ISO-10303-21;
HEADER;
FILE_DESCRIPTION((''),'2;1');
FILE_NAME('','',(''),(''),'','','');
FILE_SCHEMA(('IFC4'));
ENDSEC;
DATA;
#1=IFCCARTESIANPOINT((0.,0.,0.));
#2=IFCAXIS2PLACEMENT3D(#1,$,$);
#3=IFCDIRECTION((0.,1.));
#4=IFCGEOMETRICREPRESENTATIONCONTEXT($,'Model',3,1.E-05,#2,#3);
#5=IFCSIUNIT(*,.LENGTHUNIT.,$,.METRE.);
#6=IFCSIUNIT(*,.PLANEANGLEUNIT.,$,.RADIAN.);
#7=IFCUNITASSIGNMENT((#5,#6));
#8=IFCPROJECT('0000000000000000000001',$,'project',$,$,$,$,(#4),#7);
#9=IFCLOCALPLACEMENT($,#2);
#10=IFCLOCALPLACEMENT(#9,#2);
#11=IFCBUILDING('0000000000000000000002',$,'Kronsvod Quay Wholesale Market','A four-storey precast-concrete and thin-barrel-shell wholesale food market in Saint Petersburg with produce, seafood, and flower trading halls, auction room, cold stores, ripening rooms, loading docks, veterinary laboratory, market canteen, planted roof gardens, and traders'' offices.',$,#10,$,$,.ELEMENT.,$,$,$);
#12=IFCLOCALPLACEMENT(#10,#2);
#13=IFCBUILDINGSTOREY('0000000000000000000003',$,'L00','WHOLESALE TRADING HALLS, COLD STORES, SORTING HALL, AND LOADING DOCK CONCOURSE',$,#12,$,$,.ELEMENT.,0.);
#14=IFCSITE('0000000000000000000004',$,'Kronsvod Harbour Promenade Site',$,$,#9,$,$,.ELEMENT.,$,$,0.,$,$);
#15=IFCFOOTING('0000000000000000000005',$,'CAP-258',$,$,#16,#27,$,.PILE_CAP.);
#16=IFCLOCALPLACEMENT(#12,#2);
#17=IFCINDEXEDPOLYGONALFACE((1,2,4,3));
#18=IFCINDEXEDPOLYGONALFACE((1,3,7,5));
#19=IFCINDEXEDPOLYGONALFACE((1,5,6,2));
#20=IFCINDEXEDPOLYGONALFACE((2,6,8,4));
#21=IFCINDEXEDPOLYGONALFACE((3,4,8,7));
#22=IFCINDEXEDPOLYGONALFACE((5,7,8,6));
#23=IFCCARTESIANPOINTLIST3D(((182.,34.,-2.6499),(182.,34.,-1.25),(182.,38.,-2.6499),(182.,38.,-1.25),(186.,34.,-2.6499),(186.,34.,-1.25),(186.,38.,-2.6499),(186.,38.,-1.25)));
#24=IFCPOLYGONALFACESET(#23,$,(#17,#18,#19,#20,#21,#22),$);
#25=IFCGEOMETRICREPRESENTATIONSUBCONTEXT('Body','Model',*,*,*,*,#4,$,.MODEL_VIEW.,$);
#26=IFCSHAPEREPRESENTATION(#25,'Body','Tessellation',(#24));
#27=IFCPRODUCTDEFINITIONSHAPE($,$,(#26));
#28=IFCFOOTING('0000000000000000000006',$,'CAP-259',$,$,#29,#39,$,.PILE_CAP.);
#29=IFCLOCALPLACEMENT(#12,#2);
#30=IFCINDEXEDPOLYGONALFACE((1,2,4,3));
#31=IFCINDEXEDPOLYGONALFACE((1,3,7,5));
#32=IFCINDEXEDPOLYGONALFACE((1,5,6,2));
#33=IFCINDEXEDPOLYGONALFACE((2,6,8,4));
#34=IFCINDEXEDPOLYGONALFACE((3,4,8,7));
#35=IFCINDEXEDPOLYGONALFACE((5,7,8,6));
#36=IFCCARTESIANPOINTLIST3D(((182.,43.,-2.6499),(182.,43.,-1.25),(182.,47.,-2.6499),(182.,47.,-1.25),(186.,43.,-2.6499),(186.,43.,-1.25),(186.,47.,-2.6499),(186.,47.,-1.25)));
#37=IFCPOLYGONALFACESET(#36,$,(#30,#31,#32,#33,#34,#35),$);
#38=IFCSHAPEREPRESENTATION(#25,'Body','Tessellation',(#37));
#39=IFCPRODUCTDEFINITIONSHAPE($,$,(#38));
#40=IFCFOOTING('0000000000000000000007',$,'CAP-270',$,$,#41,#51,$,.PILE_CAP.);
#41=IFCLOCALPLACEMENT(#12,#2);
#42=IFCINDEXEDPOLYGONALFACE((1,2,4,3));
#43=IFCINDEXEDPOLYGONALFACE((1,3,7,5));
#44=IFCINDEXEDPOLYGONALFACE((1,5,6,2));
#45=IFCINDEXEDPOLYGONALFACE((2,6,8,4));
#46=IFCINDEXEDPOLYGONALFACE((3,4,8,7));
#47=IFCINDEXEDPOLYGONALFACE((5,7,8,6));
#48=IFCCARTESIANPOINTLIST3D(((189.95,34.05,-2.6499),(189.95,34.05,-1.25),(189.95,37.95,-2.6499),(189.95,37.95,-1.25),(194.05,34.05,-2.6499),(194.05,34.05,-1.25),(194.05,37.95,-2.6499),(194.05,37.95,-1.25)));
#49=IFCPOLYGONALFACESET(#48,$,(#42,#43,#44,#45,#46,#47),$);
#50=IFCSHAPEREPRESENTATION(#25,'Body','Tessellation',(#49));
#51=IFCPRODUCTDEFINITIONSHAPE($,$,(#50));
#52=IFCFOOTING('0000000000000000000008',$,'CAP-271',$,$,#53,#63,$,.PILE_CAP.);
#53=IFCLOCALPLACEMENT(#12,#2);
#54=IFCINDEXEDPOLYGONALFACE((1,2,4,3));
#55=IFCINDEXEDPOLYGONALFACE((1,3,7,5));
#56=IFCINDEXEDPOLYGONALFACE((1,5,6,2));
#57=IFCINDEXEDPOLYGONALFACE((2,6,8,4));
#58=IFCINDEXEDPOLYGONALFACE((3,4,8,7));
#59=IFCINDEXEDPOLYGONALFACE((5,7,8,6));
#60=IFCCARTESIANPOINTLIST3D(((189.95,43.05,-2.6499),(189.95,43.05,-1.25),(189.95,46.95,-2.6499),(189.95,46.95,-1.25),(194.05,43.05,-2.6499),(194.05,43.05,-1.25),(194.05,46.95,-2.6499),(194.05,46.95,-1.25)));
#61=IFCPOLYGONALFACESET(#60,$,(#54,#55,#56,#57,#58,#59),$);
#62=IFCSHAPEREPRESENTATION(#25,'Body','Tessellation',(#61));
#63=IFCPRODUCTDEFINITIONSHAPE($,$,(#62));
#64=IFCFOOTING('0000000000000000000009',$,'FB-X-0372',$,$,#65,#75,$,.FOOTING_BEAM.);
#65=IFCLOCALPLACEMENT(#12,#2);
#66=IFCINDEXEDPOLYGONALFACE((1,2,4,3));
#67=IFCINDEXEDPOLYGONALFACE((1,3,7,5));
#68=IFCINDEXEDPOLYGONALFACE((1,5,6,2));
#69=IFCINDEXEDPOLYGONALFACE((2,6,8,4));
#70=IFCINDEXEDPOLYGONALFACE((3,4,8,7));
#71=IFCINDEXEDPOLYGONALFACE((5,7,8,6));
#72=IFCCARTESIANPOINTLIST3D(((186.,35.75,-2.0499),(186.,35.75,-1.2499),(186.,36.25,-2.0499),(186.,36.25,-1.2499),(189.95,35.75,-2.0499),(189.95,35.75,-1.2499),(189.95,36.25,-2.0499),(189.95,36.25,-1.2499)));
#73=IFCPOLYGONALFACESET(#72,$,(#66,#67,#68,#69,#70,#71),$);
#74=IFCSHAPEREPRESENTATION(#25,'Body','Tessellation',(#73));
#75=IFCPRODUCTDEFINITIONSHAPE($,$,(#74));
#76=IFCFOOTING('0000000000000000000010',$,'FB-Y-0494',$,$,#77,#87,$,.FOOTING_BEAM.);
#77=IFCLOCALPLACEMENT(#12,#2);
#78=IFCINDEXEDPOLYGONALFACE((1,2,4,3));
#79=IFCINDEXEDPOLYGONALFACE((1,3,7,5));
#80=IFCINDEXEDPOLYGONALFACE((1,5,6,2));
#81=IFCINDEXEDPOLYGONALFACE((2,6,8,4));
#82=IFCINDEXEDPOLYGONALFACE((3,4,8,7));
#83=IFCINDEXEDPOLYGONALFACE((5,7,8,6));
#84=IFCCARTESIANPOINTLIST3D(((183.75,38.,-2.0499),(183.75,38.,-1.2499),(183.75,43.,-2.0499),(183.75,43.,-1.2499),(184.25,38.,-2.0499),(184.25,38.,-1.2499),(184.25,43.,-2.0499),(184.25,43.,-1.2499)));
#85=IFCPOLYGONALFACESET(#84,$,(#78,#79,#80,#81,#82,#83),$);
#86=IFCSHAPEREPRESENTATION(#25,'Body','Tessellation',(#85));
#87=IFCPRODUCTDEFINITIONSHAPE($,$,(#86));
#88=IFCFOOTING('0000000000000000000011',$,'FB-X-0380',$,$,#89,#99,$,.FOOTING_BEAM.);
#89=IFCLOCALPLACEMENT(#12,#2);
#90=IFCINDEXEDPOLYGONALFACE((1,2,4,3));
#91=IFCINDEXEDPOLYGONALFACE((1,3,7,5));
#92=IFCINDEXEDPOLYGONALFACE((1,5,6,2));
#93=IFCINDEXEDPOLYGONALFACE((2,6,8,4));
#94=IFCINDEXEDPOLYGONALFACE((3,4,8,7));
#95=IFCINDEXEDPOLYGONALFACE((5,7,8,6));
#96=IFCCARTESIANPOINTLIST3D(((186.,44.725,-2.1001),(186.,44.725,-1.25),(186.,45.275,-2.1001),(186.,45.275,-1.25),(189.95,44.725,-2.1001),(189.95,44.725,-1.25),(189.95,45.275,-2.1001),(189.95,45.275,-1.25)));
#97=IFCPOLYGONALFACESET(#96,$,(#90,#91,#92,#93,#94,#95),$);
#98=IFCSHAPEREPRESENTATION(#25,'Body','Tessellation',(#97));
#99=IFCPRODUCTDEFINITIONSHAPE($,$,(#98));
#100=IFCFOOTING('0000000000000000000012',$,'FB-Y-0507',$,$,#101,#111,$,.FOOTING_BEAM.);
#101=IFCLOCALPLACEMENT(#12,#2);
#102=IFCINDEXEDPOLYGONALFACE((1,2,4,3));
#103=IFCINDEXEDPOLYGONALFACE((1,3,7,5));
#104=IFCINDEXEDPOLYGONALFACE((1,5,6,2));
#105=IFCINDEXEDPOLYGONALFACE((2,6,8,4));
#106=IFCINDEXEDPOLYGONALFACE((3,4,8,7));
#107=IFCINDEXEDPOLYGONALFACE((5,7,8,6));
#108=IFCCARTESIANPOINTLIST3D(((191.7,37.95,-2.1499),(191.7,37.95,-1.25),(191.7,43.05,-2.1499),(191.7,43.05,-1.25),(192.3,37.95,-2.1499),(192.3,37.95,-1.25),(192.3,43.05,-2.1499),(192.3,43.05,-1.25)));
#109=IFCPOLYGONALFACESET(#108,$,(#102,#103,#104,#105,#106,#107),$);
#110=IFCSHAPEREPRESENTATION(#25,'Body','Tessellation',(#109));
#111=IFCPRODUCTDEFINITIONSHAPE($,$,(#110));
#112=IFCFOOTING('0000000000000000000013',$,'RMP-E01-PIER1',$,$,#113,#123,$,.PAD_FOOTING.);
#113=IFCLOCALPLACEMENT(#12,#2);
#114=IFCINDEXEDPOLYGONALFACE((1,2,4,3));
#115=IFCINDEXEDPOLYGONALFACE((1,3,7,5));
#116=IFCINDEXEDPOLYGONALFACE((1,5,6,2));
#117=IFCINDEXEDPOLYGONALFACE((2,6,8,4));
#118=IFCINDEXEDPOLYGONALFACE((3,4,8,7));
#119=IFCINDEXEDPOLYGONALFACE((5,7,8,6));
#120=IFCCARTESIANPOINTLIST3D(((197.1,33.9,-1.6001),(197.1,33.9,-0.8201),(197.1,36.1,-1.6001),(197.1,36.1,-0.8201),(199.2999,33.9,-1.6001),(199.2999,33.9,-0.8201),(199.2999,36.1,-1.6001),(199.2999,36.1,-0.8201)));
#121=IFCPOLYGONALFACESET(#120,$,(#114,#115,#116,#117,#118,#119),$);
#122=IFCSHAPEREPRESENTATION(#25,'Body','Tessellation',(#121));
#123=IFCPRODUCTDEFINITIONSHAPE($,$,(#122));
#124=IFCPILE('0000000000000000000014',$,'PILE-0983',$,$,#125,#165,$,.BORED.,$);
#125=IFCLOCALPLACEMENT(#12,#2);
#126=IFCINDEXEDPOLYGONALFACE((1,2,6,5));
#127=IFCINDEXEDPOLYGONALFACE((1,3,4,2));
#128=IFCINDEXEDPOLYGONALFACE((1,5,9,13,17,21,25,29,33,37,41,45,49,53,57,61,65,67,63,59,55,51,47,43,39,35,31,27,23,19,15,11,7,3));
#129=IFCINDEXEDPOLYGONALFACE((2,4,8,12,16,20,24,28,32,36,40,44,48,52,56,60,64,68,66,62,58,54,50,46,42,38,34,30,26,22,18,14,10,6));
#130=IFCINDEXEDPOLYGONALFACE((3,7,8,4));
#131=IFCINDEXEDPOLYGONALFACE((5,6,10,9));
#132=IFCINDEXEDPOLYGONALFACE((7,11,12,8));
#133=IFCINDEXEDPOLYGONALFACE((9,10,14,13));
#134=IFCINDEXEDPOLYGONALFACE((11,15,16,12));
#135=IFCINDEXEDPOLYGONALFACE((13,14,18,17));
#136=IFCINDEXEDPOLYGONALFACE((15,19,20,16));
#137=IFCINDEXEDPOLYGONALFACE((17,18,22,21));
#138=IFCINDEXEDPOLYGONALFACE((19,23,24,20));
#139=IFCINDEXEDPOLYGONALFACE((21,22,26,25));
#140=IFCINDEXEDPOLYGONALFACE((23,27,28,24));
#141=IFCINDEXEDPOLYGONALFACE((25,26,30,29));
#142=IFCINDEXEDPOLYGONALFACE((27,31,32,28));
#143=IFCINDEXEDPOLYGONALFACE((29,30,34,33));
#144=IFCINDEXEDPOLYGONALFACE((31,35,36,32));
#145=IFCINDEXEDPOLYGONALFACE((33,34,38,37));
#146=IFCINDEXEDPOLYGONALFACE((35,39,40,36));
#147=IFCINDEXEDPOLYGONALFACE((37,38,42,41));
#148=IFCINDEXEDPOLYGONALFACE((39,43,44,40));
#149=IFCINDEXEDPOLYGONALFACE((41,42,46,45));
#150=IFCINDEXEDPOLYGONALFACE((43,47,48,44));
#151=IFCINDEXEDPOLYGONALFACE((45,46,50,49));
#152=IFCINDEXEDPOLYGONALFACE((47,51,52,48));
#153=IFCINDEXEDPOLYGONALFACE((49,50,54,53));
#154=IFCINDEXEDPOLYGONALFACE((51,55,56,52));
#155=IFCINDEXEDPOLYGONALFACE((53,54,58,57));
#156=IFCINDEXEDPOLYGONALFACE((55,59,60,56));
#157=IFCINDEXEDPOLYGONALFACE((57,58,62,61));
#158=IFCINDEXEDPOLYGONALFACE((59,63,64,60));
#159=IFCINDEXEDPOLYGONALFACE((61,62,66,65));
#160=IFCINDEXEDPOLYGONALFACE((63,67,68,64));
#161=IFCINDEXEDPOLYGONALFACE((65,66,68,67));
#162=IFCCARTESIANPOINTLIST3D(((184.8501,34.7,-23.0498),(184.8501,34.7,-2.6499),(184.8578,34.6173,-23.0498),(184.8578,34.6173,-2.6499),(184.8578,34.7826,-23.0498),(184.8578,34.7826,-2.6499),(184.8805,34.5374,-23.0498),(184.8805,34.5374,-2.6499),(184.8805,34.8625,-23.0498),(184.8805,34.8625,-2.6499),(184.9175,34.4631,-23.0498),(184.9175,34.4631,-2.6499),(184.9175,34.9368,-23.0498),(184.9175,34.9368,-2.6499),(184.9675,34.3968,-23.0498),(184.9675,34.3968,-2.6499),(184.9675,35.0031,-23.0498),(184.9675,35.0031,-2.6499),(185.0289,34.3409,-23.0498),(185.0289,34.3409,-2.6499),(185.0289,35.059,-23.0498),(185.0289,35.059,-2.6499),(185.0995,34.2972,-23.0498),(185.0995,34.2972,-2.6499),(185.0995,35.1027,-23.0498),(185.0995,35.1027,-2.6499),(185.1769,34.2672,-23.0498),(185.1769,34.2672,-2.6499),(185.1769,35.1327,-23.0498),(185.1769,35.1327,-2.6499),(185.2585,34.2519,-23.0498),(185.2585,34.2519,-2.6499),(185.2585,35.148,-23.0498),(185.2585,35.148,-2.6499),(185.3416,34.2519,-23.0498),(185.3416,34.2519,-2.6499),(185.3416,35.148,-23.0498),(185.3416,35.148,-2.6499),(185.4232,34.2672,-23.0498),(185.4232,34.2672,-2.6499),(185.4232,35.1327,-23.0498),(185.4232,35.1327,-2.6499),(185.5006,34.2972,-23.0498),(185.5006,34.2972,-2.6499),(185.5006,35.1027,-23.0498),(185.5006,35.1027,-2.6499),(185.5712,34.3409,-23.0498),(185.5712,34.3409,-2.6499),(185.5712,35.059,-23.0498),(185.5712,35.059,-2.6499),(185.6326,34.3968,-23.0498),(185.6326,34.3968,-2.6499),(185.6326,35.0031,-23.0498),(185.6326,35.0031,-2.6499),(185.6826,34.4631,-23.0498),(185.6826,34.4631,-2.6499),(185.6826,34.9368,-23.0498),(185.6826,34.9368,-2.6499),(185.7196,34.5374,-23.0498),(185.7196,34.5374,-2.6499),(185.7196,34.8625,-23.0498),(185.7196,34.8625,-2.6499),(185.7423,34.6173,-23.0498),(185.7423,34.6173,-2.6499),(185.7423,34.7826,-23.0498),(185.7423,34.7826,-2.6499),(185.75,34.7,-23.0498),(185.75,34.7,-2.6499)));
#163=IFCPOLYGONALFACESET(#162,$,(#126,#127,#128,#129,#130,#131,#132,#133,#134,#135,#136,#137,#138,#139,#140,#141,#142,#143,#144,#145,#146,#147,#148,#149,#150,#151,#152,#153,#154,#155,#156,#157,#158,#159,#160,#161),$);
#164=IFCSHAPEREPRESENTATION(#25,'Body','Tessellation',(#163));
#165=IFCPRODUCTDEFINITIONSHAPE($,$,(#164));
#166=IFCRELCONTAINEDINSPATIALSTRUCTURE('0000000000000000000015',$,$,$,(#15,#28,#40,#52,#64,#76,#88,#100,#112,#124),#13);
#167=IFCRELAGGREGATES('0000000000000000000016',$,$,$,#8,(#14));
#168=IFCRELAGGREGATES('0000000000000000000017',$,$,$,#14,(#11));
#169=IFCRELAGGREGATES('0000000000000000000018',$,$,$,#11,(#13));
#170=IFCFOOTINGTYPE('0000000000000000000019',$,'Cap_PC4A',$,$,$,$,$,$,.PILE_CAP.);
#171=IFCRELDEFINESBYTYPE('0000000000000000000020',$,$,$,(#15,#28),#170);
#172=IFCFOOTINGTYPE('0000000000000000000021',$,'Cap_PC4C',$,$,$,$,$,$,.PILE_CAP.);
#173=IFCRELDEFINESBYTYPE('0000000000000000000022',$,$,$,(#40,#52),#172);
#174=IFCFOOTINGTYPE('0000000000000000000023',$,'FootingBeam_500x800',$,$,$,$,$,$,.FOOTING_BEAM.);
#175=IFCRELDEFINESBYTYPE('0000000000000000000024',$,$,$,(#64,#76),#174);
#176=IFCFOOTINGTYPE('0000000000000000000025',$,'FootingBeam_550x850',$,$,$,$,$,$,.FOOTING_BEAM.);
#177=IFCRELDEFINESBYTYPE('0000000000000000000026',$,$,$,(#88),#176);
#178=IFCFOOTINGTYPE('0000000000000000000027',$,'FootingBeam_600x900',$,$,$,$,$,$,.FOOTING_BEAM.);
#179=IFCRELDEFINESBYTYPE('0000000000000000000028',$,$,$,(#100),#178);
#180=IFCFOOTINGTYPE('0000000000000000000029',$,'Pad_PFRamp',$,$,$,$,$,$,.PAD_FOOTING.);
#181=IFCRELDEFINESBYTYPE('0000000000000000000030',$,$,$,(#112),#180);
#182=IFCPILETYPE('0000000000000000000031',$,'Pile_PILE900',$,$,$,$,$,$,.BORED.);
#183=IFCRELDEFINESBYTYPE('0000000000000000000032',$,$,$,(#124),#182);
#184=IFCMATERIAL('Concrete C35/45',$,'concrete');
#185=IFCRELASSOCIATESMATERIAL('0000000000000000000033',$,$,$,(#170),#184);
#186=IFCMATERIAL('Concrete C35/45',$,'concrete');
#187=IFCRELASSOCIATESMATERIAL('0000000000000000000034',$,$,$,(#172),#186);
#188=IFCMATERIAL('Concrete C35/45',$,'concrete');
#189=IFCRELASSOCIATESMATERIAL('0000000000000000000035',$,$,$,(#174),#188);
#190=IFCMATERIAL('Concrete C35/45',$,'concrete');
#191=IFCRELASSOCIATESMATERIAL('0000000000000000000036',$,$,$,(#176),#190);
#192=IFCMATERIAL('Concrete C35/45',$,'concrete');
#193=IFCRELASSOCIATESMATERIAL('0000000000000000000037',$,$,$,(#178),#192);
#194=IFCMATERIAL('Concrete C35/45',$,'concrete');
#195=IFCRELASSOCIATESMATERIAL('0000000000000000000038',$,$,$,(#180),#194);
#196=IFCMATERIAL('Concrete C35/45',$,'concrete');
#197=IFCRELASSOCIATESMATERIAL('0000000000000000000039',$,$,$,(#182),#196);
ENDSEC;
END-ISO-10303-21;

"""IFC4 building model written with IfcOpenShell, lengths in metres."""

from ifc_helpers import new_model, si_unit, direction, frame, origin, origin_2d, place, context, subcontext, project, spatial, rectangle, circle, extrude, material, material_profile, profile_set, type_object, element, save


model = new_model("IFC4")

# Units and contexts
model_context = context("Model", 3, precision=1e-05, world=origin(), true_north=direction((0.0, 1.0)))
body_context = subcontext(model_context, "Body", "Model", "MODEL_VIEW")
ifc_project = project(units=[si_unit("LENGTHUNIT", "METRE"), si_unit("PLANEANGLEUNIT", "RADIAN")], contexts=[model_context])

# Site, building, storey
site_placement = place(None, origin())
site = spatial("IfcSite", under=ifc_project, at=site_placement, Name="Kronsvod Harbour Promenade Site", CompositionType="ELEMENT", RefElevation=0.0)
building_placement = place(site_placement, origin())
building = spatial("IfcBuilding", under=site, at=building_placement, Name="Kronsvod Quay Wholesale Market", Description="A four-storey precast-concrete and thin-barrel-shell wholesale food market in Saint Petersburg with produce, seafood, and flower trading halls, auction room, cold stores, ripening rooms, loading docks, veterinary laboratory, market canteen, planted roof gardens, and traders' offices.", CompositionType="ELEMENT")
storey_placement = place(building_placement, origin())
storey = spatial("IfcBuildingStorey", under=building, at=storey_placement, Name="L00", Description="WHOLESALE TRADING HALLS, COLD STORES, SORTING HALL, AND LOADING DOCK CONCOURSE", CompositionType="ELEMENT", Elevation=0.0)

# Footings
ifc_material_1 = material(Name="Concrete C35/45", Category="concrete")
footing_type_1 = type_object("IfcFootingType", Name="Cap_PC4A", PredefinedType="PILE_CAP", material=ifc_material_1)
for number, where, z_axis, x_axis, name in (
    (1, (184.0, 36.0, -2.6499), (0.0, 0.0, 1.0), (1.0, 0.0, 0.0), "CAP-258"),
    (2, (184.0, 45.0, -2.6499), (0.0, 0.0, 1.0), (1.0, 0.0, 0.0), "CAP-259"),
):
    element("IfcFooting", number, at=place(storey_placement, frame(where, z_axis=z_axis, x_axis=x_axis)), inside=storey, type_object=footing_type_1, Name=name, PredefinedType="PILE_CAP", context=body_context, shape_type="SweptSolid", body=[
        extrude(rectangle(XDim=4.0, YDim=4.0, at=origin_2d()), origin(), (0.0, 0.0, 1.0), 1.3999),
    ])
ifc_material_2 = material(Name="Concrete C35/45", Category="concrete")
footing_type_2 = type_object("IfcFootingType", Name="Cap_PC4C", PredefinedType="PILE_CAP", material=ifc_material_2)
for number, where, z_axis, x_axis, name in (
    (3, (192.0, 36.0, -2.6499), (0.0, 0.0, 1.0), (1.0, 0.0, 0.0), "CAP-270"),
    (4, (192.0, 45.0, -2.6499), (0.0, 0.0, 1.0), (1.0, 0.0, 0.0), "CAP-271"),
):
    element("IfcFooting", number, at=place(storey_placement, frame(where, z_axis=z_axis, x_axis=x_axis)), inside=storey, type_object=footing_type_2, Name=name, PredefinedType="PILE_CAP", context=body_context, shape_type="SweptSolid", body=[
        extrude(rectangle(XDim=4.1001, YDim=3.8999, at=origin_2d()), origin(), (0.0, 0.0, 1.0), 1.3999),
    ])
ifc_material_3 = material(Name="Concrete C35/45", Category="concrete")
ifc_material_profile_1 = material_profile(ifc_material_3, rectangle(XDim=0.5, YDim=0.8, at=origin_2d()), Name="FB-01")
ifc_profile_set_1 = profile_set([ifc_material_profile_1], Name="Concrete C35/45")
footing_type_3 = type_object("IfcFootingType", Name="FootingBeam_500x800", PredefinedType="FOOTING_BEAM", material=ifc_profile_set_1)
footing_1_placement = place(storey_placement, frame((186.0, 36.0, -1.6499), z_axis=(1.0, 0.0, 0.0), x_axis=(0.0, 1.0, 0.0)))
element("IfcFooting", 5, at=footing_1_placement, inside=storey, type_object=footing_type_3, Name="FB-X-0372", PredefinedType="FOOTING_BEAM", context=body_context, shape_type="SweptSolid", body=[
    extrude(rectangle(XDim=0.5, YDim=0.8, at=origin_2d()), origin(), (0.0, 0.0, 1.0), 3.95),
])
footing_2_placement = place(storey_placement, frame((184.0, 38.0, -1.6499), z_axis=(0.0, 1.0, 0.0), x_axis=(-1.0, 0.0, 0.0)))
element("IfcFooting", 6, at=footing_2_placement, inside=storey, type_object=footing_type_3, Name="FB-Y-0494", PredefinedType="FOOTING_BEAM", context=body_context, shape_type="SweptSolid", body=[
    extrude(rectangle(XDim=0.5, YDim=0.8, at=origin_2d()), origin(), (0.0, 0.0, 1.0), 5.0),
])
ifc_material_4 = material(Name="Concrete C35/45", Category="concrete")
ifc_material_profile_2 = material_profile(ifc_material_4, rectangle(XDim=0.55, YDim=0.8501, at=origin_2d()), Name="FB-03")
ifc_profile_set_2 = profile_set([ifc_material_profile_2], Name="Concrete C35/45")
footing_type_4 = type_object("IfcFootingType", Name="FootingBeam_550x850", PredefinedType="FOOTING_BEAM", material=ifc_profile_set_2)
footing_3_placement = place(storey_placement, frame((186.0, 45.0, -1.675), z_axis=(1.0, 0.0, 0.0), x_axis=(0.0, 1.0, 0.0)))
element("IfcFooting", 7, at=footing_3_placement, inside=storey, type_object=footing_type_4, Name="FB-X-0380", PredefinedType="FOOTING_BEAM", context=body_context, shape_type="SweptSolid", body=[
    extrude(rectangle(XDim=0.55, YDim=0.8501, at=origin_2d()), origin(), (0.0, 0.0, 1.0), 3.95),
])
ifc_material_5 = material(Name="Concrete C35/45", Category="concrete")
ifc_material_profile_3 = material_profile(ifc_material_5, rectangle(XDim=0.6001, YDim=0.8999, at=origin_2d()), Name="FB-02")
ifc_profile_set_3 = profile_set([ifc_material_profile_3], Name="Concrete C35/45")
footing_type_5 = type_object("IfcFootingType", Name="FootingBeam_600x900", PredefinedType="FOOTING_BEAM", material=ifc_profile_set_3)
footing_4_placement = place(storey_placement, frame((192.0, 37.95, -1.7), z_axis=(0.0, 1.0, 0.0), x_axis=(-1.0, 0.0, 0.0)))
element("IfcFooting", 8, at=footing_4_placement, inside=storey, type_object=footing_type_5, Name="FB-Y-0507", PredefinedType="FOOTING_BEAM", context=body_context, shape_type="SweptSolid", body=[
    extrude(rectangle(XDim=0.6001, YDim=0.8999, at=origin_2d()), origin(), (0.0, 0.0, 1.0), 5.1001),
])
ifc_material_6 = material(Name="Concrete C35/45", Category="concrete")
footing_type_6 = type_object("IfcFootingType", Name="Pad_PFRamp", PredefinedType="PAD_FOOTING", material=ifc_material_6)
footing_5_placement = place(storey_placement, frame((198.2, 35.0, -1.6001), z_axis=(0.0, 0.0, 1.0), x_axis=(1.0, 0.0, 0.0)))
element("IfcFooting", 9, at=footing_5_placement, inside=storey, type_object=footing_type_6, Name="RMP-E01-PIER1", PredefinedType="PAD_FOOTING", context=body_context, shape_type="SweptSolid", body=[
    extrude(rectangle(XDim=2.2, YDim=2.2, at=origin_2d()), origin(), (0.0, 0.0, 1.0), 0.78),
])

# Pile
ifc_material_7 = material(Name="Concrete C35/45", Category="concrete")
ifc_material_profile_4 = material_profile(ifc_material_7, circle(Radius=0.45, at=origin_2d()), Name="PILE900")
ifc_profile_set_4 = profile_set([ifc_material_profile_4], Name="Concrete C35/45")
pile_type = type_object("IfcPileType", Name="Pile_PILE900", PredefinedType="BORED", material=ifc_profile_set_4)
for number, where, z_axis, x_axis, name in (
    (10, (185.3, 34.7, -2.6499), (0.0, 0.0, -1.0), (1.0, 0.0, 0.0), "PILE-0983"),
):
    element("IfcPile", number, at=place(storey_placement, frame(where, z_axis=z_axis, x_axis=x_axis)), inside=storey, type_object=pile_type, Name=name, PredefinedType="BORED", context=body_context, shape_type="SweptSolid", body=[
        extrude(circle(Radius=0.45, at=origin_2d()), origin(), (0.0, 0.0, 1.0), 20.3999),
    ])

save(model, "model.ifc")
